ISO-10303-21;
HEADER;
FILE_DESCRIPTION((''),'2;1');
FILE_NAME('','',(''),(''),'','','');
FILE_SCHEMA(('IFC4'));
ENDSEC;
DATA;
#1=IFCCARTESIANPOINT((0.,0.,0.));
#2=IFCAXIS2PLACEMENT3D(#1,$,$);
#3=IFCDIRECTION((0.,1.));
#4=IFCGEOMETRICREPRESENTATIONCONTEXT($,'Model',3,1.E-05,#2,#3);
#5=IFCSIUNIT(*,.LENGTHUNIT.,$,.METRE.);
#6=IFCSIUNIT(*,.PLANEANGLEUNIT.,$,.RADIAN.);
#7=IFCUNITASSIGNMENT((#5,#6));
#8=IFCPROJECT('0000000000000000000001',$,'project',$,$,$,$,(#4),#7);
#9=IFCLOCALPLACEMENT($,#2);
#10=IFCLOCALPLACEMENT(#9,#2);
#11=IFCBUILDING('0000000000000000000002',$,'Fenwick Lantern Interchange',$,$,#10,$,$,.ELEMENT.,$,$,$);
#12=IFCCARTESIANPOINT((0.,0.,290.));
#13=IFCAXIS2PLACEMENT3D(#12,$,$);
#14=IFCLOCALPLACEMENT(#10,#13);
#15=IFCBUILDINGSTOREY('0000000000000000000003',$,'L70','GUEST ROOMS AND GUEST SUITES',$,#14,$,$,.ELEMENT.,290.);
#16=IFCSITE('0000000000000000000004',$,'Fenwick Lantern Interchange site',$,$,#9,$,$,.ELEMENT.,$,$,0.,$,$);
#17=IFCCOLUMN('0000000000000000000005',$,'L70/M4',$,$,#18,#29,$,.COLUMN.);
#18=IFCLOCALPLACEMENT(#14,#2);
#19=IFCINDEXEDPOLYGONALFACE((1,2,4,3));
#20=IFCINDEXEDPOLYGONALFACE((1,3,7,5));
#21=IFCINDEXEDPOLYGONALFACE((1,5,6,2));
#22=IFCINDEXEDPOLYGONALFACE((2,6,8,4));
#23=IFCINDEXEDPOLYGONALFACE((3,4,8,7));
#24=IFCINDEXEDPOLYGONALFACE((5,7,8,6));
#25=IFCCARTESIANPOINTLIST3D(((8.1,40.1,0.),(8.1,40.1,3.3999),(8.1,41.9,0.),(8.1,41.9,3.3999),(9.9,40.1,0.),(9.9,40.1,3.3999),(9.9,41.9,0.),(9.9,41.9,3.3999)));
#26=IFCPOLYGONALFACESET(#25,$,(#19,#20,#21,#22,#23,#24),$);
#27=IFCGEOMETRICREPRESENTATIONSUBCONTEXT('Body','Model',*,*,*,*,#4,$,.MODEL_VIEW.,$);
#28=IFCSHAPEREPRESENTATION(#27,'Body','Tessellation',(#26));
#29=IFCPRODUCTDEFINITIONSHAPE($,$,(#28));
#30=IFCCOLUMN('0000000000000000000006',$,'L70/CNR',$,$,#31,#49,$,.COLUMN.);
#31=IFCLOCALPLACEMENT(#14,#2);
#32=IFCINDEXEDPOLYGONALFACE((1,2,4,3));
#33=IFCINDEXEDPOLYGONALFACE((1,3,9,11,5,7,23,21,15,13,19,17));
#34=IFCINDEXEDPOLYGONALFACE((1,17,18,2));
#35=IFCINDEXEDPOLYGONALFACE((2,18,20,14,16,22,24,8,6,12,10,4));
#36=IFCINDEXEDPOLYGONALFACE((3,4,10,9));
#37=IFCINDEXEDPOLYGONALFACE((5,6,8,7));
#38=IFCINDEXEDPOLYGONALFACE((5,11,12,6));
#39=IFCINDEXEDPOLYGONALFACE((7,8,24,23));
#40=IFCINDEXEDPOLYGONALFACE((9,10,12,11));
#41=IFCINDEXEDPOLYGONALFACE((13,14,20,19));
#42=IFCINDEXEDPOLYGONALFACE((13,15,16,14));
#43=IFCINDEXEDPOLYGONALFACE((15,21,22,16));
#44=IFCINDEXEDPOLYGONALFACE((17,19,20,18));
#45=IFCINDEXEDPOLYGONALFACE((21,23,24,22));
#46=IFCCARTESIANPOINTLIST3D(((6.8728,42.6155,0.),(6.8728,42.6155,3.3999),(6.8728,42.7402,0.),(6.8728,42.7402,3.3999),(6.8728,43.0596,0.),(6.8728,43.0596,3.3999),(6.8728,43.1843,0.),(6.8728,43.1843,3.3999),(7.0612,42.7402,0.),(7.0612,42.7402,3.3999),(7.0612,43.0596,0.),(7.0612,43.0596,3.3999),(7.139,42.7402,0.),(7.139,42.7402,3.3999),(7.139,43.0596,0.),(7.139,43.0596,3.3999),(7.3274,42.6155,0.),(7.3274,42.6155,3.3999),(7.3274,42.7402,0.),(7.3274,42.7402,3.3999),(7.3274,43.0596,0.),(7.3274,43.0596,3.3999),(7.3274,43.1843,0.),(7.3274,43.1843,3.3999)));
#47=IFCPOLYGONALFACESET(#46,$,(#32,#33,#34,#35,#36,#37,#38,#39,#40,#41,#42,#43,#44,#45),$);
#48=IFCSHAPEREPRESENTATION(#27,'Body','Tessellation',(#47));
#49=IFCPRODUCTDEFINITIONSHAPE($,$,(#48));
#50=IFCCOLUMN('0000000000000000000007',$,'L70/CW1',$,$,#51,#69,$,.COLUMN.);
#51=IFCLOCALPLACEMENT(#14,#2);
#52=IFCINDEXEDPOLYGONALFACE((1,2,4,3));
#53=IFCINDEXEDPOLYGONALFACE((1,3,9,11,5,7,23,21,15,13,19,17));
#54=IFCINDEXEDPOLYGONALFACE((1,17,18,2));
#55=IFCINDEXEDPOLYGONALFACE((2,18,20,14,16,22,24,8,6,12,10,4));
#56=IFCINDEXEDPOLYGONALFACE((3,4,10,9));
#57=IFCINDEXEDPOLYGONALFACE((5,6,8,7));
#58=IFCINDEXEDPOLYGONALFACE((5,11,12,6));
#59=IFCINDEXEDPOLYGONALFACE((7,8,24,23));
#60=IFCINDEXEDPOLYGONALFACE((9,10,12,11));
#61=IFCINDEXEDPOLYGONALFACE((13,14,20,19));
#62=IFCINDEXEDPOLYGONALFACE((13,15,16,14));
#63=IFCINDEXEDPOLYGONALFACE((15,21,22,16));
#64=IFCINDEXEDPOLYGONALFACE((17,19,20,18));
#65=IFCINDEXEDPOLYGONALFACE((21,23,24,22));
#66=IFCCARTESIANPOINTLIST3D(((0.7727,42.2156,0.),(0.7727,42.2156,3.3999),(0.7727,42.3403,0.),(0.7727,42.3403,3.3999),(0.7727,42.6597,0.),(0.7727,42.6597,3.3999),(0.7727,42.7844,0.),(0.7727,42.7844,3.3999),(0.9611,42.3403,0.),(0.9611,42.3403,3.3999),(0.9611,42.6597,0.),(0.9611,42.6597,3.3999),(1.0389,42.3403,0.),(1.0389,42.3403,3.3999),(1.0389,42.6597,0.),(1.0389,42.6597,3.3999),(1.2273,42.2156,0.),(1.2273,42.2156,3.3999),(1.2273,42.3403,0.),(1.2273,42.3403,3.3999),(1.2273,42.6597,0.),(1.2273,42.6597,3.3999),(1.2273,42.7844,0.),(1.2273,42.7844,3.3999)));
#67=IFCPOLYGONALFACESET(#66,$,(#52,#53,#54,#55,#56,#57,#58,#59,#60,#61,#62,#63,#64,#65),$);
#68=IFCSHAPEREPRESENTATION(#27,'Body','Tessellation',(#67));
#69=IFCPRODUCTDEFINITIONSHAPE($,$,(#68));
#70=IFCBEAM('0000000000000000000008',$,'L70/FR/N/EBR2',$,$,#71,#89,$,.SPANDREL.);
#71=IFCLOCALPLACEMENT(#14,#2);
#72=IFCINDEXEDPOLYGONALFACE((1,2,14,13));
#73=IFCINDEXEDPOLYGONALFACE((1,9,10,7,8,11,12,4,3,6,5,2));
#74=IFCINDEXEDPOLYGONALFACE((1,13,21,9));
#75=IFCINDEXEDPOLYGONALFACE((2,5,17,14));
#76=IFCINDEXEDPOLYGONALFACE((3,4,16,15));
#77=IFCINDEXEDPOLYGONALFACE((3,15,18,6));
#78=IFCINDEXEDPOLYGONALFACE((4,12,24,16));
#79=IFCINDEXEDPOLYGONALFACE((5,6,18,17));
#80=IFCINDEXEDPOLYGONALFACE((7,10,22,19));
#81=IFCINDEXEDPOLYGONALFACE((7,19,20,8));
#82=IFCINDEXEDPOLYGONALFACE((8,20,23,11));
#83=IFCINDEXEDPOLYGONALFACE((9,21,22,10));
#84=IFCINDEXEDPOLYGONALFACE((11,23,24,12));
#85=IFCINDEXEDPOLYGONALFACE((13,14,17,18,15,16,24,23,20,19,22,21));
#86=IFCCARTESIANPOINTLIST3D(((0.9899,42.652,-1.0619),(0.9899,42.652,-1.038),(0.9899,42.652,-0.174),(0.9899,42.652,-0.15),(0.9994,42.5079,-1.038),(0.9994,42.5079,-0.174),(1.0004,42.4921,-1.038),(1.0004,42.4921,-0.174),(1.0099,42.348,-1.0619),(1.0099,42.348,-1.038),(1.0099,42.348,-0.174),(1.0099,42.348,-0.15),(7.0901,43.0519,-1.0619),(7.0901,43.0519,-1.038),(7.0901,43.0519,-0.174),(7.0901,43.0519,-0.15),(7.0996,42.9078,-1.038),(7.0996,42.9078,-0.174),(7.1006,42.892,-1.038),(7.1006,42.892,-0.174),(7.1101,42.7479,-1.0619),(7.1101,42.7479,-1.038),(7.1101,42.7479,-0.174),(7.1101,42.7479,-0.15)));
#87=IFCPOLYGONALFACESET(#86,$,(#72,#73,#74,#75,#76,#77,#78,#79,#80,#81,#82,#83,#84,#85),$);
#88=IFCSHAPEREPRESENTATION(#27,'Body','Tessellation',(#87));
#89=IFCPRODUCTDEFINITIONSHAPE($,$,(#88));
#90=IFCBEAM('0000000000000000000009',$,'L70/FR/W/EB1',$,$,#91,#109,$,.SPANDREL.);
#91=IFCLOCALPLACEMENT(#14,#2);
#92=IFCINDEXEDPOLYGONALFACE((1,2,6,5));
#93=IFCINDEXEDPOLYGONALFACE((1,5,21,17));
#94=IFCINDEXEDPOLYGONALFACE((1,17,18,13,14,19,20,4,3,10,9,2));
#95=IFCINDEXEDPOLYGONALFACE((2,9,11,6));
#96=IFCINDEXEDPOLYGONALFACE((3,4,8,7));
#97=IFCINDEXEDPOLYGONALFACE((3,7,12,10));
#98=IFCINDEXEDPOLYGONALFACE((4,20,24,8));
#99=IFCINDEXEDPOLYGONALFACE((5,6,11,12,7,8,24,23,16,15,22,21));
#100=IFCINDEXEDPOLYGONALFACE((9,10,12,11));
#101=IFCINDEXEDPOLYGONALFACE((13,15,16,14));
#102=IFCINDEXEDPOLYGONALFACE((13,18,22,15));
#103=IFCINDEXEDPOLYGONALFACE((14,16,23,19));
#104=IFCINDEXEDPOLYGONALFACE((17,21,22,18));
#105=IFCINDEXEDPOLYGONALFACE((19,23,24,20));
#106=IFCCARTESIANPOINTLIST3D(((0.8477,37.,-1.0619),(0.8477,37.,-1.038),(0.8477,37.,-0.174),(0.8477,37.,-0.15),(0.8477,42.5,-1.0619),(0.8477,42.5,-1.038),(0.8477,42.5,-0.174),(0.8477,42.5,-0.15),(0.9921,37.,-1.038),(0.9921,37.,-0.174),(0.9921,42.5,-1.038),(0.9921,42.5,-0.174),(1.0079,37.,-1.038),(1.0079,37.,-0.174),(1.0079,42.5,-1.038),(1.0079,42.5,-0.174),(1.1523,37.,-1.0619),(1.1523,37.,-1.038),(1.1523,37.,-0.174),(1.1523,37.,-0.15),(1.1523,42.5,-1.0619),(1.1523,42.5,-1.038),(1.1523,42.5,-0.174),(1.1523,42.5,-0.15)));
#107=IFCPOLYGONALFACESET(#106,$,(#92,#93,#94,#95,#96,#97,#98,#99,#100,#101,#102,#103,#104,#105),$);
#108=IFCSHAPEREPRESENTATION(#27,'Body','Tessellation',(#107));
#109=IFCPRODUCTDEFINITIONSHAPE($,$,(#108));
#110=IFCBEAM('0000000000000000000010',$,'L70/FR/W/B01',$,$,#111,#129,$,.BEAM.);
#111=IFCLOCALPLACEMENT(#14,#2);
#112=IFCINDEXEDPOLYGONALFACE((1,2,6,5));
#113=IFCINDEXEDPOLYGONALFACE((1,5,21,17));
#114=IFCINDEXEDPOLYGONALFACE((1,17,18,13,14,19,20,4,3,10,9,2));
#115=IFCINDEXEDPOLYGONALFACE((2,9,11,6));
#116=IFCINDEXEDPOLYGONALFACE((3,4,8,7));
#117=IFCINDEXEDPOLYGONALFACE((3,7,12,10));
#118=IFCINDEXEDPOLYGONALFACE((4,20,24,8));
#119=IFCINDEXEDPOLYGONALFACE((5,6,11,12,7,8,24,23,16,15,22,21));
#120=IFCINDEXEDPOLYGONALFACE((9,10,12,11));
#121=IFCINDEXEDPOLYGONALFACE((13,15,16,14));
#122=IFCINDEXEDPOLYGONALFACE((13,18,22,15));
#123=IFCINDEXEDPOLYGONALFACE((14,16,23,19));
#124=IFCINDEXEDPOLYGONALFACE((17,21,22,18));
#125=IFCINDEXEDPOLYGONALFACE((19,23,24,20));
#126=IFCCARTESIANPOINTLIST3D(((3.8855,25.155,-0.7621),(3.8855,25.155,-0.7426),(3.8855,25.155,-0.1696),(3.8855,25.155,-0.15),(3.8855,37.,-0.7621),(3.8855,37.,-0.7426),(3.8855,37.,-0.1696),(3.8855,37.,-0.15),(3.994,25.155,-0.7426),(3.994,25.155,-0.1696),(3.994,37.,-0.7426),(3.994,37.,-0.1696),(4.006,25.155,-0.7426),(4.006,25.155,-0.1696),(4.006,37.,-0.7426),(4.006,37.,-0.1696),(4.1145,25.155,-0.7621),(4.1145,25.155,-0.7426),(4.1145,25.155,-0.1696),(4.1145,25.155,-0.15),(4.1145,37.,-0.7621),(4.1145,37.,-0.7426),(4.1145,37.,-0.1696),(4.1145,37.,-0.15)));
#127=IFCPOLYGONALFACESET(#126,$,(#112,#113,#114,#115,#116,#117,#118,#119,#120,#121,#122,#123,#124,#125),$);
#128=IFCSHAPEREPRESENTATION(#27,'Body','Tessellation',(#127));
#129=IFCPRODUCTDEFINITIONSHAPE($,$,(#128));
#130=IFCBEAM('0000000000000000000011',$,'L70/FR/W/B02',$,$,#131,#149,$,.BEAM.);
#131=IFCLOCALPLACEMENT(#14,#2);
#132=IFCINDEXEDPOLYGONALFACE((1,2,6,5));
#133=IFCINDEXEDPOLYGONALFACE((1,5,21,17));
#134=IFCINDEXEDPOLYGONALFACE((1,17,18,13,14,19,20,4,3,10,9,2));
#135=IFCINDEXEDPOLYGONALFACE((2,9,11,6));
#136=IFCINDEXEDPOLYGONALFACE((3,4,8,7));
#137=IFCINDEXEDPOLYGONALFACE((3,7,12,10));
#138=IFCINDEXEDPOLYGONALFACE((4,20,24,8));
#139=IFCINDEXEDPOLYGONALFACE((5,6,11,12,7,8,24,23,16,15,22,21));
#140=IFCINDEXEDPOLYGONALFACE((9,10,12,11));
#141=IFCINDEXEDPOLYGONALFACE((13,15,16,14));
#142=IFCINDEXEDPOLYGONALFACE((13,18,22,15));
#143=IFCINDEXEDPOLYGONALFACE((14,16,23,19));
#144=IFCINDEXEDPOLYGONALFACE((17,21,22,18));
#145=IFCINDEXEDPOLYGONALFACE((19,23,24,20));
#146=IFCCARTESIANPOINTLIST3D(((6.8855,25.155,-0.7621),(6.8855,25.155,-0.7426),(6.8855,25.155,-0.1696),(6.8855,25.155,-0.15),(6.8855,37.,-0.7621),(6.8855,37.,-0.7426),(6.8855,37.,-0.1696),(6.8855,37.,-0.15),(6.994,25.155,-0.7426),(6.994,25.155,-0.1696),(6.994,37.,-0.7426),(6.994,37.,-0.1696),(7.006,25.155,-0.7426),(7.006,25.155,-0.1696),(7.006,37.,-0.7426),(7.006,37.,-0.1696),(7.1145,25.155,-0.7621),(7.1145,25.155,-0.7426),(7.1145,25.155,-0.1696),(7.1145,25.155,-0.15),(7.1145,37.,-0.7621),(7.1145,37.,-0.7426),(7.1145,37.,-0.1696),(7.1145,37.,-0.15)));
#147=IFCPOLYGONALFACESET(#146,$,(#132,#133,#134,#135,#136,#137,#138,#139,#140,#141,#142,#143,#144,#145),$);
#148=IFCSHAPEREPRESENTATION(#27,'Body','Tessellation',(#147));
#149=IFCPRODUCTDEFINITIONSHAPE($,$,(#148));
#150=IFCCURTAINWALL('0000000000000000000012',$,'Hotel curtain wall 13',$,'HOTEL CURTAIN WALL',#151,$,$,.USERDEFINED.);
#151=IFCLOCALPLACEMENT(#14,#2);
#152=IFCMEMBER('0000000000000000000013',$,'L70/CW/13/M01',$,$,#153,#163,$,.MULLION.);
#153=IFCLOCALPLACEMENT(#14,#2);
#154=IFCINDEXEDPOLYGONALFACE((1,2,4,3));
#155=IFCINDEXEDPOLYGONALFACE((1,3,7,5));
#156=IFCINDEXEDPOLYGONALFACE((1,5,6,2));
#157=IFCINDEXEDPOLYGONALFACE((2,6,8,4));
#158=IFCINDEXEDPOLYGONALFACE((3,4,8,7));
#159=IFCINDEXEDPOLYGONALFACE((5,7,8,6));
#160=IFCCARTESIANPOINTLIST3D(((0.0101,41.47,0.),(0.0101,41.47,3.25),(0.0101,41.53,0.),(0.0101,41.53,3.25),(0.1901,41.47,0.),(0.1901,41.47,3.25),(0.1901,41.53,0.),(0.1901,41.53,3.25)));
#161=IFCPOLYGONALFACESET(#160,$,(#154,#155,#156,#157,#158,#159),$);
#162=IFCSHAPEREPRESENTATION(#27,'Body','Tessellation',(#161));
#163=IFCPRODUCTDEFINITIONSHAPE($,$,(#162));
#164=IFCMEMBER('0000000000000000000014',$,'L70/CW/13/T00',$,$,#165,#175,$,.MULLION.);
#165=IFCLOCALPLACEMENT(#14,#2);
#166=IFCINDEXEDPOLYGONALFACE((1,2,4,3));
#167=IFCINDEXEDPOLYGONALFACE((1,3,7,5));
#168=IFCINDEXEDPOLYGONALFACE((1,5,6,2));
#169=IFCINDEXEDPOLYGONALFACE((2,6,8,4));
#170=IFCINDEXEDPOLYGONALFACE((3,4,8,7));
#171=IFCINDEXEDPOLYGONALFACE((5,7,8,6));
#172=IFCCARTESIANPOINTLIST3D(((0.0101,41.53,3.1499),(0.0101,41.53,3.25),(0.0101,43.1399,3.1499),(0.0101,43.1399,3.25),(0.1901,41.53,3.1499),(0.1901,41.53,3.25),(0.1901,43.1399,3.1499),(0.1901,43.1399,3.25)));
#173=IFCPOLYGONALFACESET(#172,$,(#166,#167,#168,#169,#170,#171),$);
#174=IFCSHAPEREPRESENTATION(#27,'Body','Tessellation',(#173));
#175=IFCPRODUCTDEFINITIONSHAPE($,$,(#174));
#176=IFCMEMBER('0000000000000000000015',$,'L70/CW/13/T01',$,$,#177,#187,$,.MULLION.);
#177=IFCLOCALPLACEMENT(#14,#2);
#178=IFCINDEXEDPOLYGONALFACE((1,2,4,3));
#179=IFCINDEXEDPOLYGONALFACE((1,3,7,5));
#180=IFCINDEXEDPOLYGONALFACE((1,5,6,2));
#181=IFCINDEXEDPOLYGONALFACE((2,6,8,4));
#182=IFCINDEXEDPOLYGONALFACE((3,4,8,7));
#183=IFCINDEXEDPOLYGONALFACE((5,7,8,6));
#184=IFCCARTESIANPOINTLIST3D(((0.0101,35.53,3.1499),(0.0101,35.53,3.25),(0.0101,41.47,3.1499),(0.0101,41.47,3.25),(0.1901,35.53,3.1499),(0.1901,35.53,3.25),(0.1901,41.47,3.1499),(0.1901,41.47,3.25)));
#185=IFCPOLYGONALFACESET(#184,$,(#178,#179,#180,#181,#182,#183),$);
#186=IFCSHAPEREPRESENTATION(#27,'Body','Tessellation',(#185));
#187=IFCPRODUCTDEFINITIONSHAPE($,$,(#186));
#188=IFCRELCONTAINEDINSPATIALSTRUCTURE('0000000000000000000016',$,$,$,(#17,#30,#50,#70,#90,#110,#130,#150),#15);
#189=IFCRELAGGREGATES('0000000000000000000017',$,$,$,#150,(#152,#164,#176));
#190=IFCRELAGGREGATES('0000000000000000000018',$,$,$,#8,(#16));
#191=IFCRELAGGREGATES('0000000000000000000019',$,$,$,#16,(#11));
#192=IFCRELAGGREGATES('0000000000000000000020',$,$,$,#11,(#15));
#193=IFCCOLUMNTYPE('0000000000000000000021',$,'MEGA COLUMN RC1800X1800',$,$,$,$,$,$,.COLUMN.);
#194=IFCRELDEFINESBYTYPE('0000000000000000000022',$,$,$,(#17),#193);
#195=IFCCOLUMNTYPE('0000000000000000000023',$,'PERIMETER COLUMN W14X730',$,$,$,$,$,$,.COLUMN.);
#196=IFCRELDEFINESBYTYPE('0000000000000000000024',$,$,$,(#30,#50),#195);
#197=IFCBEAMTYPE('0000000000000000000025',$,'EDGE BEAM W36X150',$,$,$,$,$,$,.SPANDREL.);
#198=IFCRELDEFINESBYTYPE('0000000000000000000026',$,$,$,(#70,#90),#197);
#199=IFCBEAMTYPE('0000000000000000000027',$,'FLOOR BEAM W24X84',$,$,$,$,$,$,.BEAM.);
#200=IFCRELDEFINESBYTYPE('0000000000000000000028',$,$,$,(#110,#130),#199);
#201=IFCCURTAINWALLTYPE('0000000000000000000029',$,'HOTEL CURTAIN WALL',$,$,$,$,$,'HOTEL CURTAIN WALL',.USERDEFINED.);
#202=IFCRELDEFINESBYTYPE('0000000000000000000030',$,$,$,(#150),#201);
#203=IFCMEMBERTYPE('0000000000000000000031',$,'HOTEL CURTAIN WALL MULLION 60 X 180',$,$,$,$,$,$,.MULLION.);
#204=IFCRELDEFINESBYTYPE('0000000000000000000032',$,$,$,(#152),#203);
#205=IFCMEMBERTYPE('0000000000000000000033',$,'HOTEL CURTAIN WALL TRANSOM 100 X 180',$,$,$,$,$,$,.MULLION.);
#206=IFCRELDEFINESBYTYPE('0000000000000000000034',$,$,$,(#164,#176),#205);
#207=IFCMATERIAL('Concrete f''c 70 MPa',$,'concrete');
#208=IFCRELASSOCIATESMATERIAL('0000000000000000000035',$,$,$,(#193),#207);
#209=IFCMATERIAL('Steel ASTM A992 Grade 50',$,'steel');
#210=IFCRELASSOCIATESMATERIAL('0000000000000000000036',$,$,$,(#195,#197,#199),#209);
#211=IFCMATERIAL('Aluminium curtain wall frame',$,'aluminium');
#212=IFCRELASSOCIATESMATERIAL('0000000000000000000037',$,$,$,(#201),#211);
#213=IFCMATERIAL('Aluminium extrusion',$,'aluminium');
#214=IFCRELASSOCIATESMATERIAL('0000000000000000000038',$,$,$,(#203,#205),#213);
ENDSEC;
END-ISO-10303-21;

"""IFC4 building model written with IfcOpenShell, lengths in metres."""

from ifc_helpers import new_model, si_unit, direction, frame, origin, origin_2d, place, context, subcontext, project, spatial, rectangle, i_section, extrude, material, material_profile, profile_set, type_object, element, aggregate, save


model = new_model("IFC4")

# Units and contexts
model_context = context("Model", 3, precision=1e-05, world=origin(), true_north=direction((0.0, 1.0)))
body_context = subcontext(model_context, "Body", "Model", "MODEL_VIEW")
ifc_project = project(units=[si_unit("LENGTHUNIT", "METRE"), si_unit("PLANEANGLEUNIT", "RADIAN")], contexts=[model_context])

# Site, building, storey
site_placement = place(None, origin())
site = spatial("IfcSite", under=ifc_project, at=site_placement, Name="Fenwick Lantern Interchange site", CompositionType="ELEMENT", RefElevation=0.0)
building_placement = place(site_placement, origin())
building = spatial("IfcBuilding", under=site, at=building_placement, Name="Fenwick Lantern Interchange", CompositionType="ELEMENT")
storey_placement = place(building_placement, frame((0.0, 0.0, 290.0)))
storey = spatial("IfcBuildingStorey", under=building, at=storey_placement, Name="L70", Description="GUEST ROOMS AND GUEST SUITES", CompositionType="ELEMENT", Elevation=290.0)

# Columns
ifc_material_1 = material(Name="Concrete f'c 70 MPa", Category="concrete")
ifc_material_profile_1 = material_profile(ifc_material_1, rectangle(XDim=1.8, YDim=1.8, at=origin_2d()), Name="RC1800X1800")
ifc_profile_set_1 = profile_set([ifc_material_profile_1], Name="Concrete f'c 70 MPa")
column_type_1 = type_object("IfcColumnType", Name="MEGA COLUMN RC1800X1800", PredefinedType="COLUMN", material=ifc_profile_set_1)
column_placement = place(storey_placement, frame((9.0, 41.0, 0.0), z_axis=(0.0, 0.0, 1.0), x_axis=(1.0, 0.0, 0.0)))
element("IfcColumn", 1, at=column_placement, inside=storey, type_object=column_type_1, Name="L70/M4", PredefinedType="COLUMN", context=body_context, shape_type="SweptSolid", body=[
    extrude(rectangle(XDim=1.8, YDim=1.8, at=origin_2d()), origin(), (0.0, 0.0, 1.0), 3.3999),
])
ifc_material_2 = material(Name="Steel ASTM A992 Grade 50", Category="steel")
ifc_material_profile_2 = material_profile(ifc_material_2, i_section(OverallWidth=0.4546, OverallDepth=0.5688, WebThickness=0.0779, FlangeThickness=0.1248, at=origin_2d()), Name="W14X730")
ifc_profile_set_2 = profile_set([ifc_material_profile_2], Name="Steel ASTM A992 Grade 50")
column_type_2 = type_object("IfcColumnType", Name="PERIMETER COLUMN W14X730", PredefinedType="COLUMN", material=ifc_profile_set_2)
for number, where, z_axis, x_axis, name in (
    (2, (7.1001, 42.8999, 0.0), (0.0, 0.0, 1.0), (1.0, 0.0, 0.0), "L70/CNR"),
    (3, (1.0, 42.5, 0.0), (0.0, 0.0, 1.0), (1.0, 0.0, 0.0), "L70/CW1"),
):
    element("IfcColumn", number, at=place(storey_placement, frame(where, z_axis=z_axis, x_axis=x_axis)), inside=storey, type_object=column_type_2, Name=name, PredefinedType="COLUMN", context=body_context, shape_type="SweptSolid", body=[
        extrude(i_section(OverallWidth=0.4546, OverallDepth=0.5688, WebThickness=0.0779, FlangeThickness=0.1248, at=origin_2d()), origin(), (0.0, 0.0, 1.0), 3.3999),
    ])

# Beams
ifc_material_profile_3 = material_profile(ifc_material_2, i_section(OverallWidth=0.3047, OverallDepth=0.9119, WebThickness=0.0159, FlangeThickness=0.0239, at=origin_2d()), Name="W36X150")
ifc_profile_set_3 = profile_set([ifc_material_profile_3], Name="Steel ASTM A992 Grade 50")
beam_type_1 = type_object("IfcBeamType", Name="EDGE BEAM W36X150", PredefinedType="SPANDREL", material=ifc_profile_set_3)
beam_1_placement = place(storey_placement, frame((7.1001, 42.8999, -0.606), z_axis=(-0.997858, -0.065416, 0.0), x_axis=(0.065416, -0.997858, 0.0)))
element("IfcBeam", 4, at=beam_1_placement, inside=storey, type_object=beam_type_1, Name="L70/FR/N/EBR2", PredefinedType="SPANDREL", context=body_context, shape_type="SweptSolid", body=[
    extrude(i_section(OverallWidth=0.3047, OverallDepth=0.9119, WebThickness=0.0159, FlangeThickness=0.0239, at=origin_2d()), origin(), (0.0, 0.0, 1.0), 6.1133),
])
beam_2_placement = place(storey_placement, frame((1.0, 42.5, -0.606), z_axis=(0.0, -1.0, 0.0), x_axis=(1.0, 0.0, 0.0)))
element("IfcBeam", 5, at=beam_2_placement, inside=storey, type_object=beam_type_1, Name="L70/FR/W/EB1", PredefinedType="SPANDREL", context=body_context, shape_type="SweptSolid", body=[
    extrude(i_section(OverallWidth=0.3047, OverallDepth=0.9119, WebThickness=0.0159, FlangeThickness=0.0239, at=origin_2d()), origin(), (0.0, 0.0, 1.0), 5.5),
])
ifc_material_profile_4 = material_profile(ifc_material_2, i_section(OverallWidth=0.229, OverallDepth=0.6121, WebThickness=0.012, FlangeThickness=0.0195, at=origin_2d()), Name="W24X84")
ifc_profile_set_4 = profile_set([ifc_material_profile_4], Name="Steel ASTM A992 Grade 50")
beam_type_2 = type_object("IfcBeamType", Name="FLOOR BEAM W24X84", PredefinedType="BEAM", material=ifc_profile_set_4)
for number, where, z_axis, x_axis, name in (
    (6, (4.0, 37.0, -0.4561), (0.0, -1.0, 0.0), (1.0, 0.0, 0.0), "L70/FR/W/B01"),
    (7, (7.0, 37.0, -0.4561), (0.0, -1.0, 0.0), (1.0, 0.0, 0.0), "L70/FR/W/B02"),
):
    element("IfcBeam", number, at=place(storey_placement, frame(where, z_axis=z_axis, x_axis=x_axis)), inside=storey, type_object=beam_type_2, Name=name, PredefinedType="BEAM", context=body_context, shape_type="SweptSolid", body=[
        extrude(i_section(OverallWidth=0.229, OverallDepth=0.6121, WebThickness=0.012, FlangeThickness=0.0195, at=origin_2d()), origin(), (0.0, 0.0, 1.0), 11.845),
    ])

# Curtain wall, members
ifc_material_3 = material(Name="Aluminium curtain wall frame", Category="aluminium")
curtain_wall_type = type_object("IfcCurtainWallType", Name="HOTEL CURTAIN WALL", ElementType="HOTEL CURTAIN WALL", PredefinedType="USERDEFINED", material=ifc_material_3)
curtain_wall_placement = place(storey_placement, origin())
curtain_wall = element("IfcCurtainWall", 8, at=curtain_wall_placement, inside=storey, type_object=curtain_wall_type, Name="Hotel curtain wall 13", ObjectType="HOTEL CURTAIN WALL", PredefinedType="USERDEFINED")
ifc_material_4 = material(Name="Aluminium extrusion", Category="aluminium")
ifc_material_profile_5 = material_profile(ifc_material_4, rectangle(XDim=0.1799, YDim=0.0601, at=origin_2d()), Name="HOTEL CURTAIN WALL MULLION 60 X 180")
ifc_profile_set_5 = profile_set([ifc_material_profile_5], Name="Aluminium extrusion")
member_type_1 = type_object("IfcMemberType", Name="HOTEL CURTAIN WALL MULLION 60 X 180", PredefinedType="MULLION", material=ifc_profile_set_5)
member_1_placement = place(storey_placement, frame((0.1001, 41.5, 0.0), z_axis=(0.0, 0.0, 1.0), x_axis=(1.0, 0.0, 0.0)))
member_1 = element("IfcMember", 9, at=member_1_placement, type_object=member_type_1, Name="L70/CW/13/M01", PredefinedType="MULLION", context=body_context, shape_type="SweptSolid", body=[
    extrude(rectangle(XDim=0.1799, YDim=0.0601, at=origin_2d()), origin(), (0.0, 0.0, 1.0), 3.25),
])
ifc_material_profile_6 = material_profile(ifc_material_4, rectangle(XDim=0.1799, YDim=0.1001, at=origin_2d()), Name="HOTEL CURTAIN WALL TRANSOM 100 X 180")
ifc_profile_set_6 = profile_set([ifc_material_profile_6], Name="Aluminium extrusion")
member_type_2 = type_object("IfcMemberType", Name="HOTEL CURTAIN WALL TRANSOM 100 X 180", PredefinedType="MULLION", material=ifc_profile_set_6)
member_2_placement = place(storey_placement, frame((0.1001, 43.1399, 3.2), z_axis=(0.0, -1.0, 0.0), x_axis=(1.0, 0.0, 0.0)))
member_2 = element("IfcMember", 10, at=member_2_placement, type_object=member_type_2, Name="L70/CW/13/T00", PredefinedType="MULLION", context=body_context, shape_type="SweptSolid", body=[
    extrude(rectangle(XDim=0.1799, YDim=0.1001, at=origin_2d()), origin(), (0.0, 0.0, 1.0), 1.6099),
])
member_3_placement = place(storey_placement, frame((0.1001, 41.47, 3.2), z_axis=(0.0, -1.0, 0.0), x_axis=(1.0, 0.0, 0.0)))
member_3 = element("IfcMember", 11, at=member_3_placement, type_object=member_type_2, Name="L70/CW/13/T01", PredefinedType="MULLION", context=body_context, shape_type="SweptSolid", body=[
    extrude(rectangle(XDim=0.1799, YDim=0.1001, at=origin_2d()), origin(), (0.0, 0.0, 1.0), 5.9399),
])

aggregate(curtain_wall, [member_1, member_2, member_3])

save(model, "model.ifc")
